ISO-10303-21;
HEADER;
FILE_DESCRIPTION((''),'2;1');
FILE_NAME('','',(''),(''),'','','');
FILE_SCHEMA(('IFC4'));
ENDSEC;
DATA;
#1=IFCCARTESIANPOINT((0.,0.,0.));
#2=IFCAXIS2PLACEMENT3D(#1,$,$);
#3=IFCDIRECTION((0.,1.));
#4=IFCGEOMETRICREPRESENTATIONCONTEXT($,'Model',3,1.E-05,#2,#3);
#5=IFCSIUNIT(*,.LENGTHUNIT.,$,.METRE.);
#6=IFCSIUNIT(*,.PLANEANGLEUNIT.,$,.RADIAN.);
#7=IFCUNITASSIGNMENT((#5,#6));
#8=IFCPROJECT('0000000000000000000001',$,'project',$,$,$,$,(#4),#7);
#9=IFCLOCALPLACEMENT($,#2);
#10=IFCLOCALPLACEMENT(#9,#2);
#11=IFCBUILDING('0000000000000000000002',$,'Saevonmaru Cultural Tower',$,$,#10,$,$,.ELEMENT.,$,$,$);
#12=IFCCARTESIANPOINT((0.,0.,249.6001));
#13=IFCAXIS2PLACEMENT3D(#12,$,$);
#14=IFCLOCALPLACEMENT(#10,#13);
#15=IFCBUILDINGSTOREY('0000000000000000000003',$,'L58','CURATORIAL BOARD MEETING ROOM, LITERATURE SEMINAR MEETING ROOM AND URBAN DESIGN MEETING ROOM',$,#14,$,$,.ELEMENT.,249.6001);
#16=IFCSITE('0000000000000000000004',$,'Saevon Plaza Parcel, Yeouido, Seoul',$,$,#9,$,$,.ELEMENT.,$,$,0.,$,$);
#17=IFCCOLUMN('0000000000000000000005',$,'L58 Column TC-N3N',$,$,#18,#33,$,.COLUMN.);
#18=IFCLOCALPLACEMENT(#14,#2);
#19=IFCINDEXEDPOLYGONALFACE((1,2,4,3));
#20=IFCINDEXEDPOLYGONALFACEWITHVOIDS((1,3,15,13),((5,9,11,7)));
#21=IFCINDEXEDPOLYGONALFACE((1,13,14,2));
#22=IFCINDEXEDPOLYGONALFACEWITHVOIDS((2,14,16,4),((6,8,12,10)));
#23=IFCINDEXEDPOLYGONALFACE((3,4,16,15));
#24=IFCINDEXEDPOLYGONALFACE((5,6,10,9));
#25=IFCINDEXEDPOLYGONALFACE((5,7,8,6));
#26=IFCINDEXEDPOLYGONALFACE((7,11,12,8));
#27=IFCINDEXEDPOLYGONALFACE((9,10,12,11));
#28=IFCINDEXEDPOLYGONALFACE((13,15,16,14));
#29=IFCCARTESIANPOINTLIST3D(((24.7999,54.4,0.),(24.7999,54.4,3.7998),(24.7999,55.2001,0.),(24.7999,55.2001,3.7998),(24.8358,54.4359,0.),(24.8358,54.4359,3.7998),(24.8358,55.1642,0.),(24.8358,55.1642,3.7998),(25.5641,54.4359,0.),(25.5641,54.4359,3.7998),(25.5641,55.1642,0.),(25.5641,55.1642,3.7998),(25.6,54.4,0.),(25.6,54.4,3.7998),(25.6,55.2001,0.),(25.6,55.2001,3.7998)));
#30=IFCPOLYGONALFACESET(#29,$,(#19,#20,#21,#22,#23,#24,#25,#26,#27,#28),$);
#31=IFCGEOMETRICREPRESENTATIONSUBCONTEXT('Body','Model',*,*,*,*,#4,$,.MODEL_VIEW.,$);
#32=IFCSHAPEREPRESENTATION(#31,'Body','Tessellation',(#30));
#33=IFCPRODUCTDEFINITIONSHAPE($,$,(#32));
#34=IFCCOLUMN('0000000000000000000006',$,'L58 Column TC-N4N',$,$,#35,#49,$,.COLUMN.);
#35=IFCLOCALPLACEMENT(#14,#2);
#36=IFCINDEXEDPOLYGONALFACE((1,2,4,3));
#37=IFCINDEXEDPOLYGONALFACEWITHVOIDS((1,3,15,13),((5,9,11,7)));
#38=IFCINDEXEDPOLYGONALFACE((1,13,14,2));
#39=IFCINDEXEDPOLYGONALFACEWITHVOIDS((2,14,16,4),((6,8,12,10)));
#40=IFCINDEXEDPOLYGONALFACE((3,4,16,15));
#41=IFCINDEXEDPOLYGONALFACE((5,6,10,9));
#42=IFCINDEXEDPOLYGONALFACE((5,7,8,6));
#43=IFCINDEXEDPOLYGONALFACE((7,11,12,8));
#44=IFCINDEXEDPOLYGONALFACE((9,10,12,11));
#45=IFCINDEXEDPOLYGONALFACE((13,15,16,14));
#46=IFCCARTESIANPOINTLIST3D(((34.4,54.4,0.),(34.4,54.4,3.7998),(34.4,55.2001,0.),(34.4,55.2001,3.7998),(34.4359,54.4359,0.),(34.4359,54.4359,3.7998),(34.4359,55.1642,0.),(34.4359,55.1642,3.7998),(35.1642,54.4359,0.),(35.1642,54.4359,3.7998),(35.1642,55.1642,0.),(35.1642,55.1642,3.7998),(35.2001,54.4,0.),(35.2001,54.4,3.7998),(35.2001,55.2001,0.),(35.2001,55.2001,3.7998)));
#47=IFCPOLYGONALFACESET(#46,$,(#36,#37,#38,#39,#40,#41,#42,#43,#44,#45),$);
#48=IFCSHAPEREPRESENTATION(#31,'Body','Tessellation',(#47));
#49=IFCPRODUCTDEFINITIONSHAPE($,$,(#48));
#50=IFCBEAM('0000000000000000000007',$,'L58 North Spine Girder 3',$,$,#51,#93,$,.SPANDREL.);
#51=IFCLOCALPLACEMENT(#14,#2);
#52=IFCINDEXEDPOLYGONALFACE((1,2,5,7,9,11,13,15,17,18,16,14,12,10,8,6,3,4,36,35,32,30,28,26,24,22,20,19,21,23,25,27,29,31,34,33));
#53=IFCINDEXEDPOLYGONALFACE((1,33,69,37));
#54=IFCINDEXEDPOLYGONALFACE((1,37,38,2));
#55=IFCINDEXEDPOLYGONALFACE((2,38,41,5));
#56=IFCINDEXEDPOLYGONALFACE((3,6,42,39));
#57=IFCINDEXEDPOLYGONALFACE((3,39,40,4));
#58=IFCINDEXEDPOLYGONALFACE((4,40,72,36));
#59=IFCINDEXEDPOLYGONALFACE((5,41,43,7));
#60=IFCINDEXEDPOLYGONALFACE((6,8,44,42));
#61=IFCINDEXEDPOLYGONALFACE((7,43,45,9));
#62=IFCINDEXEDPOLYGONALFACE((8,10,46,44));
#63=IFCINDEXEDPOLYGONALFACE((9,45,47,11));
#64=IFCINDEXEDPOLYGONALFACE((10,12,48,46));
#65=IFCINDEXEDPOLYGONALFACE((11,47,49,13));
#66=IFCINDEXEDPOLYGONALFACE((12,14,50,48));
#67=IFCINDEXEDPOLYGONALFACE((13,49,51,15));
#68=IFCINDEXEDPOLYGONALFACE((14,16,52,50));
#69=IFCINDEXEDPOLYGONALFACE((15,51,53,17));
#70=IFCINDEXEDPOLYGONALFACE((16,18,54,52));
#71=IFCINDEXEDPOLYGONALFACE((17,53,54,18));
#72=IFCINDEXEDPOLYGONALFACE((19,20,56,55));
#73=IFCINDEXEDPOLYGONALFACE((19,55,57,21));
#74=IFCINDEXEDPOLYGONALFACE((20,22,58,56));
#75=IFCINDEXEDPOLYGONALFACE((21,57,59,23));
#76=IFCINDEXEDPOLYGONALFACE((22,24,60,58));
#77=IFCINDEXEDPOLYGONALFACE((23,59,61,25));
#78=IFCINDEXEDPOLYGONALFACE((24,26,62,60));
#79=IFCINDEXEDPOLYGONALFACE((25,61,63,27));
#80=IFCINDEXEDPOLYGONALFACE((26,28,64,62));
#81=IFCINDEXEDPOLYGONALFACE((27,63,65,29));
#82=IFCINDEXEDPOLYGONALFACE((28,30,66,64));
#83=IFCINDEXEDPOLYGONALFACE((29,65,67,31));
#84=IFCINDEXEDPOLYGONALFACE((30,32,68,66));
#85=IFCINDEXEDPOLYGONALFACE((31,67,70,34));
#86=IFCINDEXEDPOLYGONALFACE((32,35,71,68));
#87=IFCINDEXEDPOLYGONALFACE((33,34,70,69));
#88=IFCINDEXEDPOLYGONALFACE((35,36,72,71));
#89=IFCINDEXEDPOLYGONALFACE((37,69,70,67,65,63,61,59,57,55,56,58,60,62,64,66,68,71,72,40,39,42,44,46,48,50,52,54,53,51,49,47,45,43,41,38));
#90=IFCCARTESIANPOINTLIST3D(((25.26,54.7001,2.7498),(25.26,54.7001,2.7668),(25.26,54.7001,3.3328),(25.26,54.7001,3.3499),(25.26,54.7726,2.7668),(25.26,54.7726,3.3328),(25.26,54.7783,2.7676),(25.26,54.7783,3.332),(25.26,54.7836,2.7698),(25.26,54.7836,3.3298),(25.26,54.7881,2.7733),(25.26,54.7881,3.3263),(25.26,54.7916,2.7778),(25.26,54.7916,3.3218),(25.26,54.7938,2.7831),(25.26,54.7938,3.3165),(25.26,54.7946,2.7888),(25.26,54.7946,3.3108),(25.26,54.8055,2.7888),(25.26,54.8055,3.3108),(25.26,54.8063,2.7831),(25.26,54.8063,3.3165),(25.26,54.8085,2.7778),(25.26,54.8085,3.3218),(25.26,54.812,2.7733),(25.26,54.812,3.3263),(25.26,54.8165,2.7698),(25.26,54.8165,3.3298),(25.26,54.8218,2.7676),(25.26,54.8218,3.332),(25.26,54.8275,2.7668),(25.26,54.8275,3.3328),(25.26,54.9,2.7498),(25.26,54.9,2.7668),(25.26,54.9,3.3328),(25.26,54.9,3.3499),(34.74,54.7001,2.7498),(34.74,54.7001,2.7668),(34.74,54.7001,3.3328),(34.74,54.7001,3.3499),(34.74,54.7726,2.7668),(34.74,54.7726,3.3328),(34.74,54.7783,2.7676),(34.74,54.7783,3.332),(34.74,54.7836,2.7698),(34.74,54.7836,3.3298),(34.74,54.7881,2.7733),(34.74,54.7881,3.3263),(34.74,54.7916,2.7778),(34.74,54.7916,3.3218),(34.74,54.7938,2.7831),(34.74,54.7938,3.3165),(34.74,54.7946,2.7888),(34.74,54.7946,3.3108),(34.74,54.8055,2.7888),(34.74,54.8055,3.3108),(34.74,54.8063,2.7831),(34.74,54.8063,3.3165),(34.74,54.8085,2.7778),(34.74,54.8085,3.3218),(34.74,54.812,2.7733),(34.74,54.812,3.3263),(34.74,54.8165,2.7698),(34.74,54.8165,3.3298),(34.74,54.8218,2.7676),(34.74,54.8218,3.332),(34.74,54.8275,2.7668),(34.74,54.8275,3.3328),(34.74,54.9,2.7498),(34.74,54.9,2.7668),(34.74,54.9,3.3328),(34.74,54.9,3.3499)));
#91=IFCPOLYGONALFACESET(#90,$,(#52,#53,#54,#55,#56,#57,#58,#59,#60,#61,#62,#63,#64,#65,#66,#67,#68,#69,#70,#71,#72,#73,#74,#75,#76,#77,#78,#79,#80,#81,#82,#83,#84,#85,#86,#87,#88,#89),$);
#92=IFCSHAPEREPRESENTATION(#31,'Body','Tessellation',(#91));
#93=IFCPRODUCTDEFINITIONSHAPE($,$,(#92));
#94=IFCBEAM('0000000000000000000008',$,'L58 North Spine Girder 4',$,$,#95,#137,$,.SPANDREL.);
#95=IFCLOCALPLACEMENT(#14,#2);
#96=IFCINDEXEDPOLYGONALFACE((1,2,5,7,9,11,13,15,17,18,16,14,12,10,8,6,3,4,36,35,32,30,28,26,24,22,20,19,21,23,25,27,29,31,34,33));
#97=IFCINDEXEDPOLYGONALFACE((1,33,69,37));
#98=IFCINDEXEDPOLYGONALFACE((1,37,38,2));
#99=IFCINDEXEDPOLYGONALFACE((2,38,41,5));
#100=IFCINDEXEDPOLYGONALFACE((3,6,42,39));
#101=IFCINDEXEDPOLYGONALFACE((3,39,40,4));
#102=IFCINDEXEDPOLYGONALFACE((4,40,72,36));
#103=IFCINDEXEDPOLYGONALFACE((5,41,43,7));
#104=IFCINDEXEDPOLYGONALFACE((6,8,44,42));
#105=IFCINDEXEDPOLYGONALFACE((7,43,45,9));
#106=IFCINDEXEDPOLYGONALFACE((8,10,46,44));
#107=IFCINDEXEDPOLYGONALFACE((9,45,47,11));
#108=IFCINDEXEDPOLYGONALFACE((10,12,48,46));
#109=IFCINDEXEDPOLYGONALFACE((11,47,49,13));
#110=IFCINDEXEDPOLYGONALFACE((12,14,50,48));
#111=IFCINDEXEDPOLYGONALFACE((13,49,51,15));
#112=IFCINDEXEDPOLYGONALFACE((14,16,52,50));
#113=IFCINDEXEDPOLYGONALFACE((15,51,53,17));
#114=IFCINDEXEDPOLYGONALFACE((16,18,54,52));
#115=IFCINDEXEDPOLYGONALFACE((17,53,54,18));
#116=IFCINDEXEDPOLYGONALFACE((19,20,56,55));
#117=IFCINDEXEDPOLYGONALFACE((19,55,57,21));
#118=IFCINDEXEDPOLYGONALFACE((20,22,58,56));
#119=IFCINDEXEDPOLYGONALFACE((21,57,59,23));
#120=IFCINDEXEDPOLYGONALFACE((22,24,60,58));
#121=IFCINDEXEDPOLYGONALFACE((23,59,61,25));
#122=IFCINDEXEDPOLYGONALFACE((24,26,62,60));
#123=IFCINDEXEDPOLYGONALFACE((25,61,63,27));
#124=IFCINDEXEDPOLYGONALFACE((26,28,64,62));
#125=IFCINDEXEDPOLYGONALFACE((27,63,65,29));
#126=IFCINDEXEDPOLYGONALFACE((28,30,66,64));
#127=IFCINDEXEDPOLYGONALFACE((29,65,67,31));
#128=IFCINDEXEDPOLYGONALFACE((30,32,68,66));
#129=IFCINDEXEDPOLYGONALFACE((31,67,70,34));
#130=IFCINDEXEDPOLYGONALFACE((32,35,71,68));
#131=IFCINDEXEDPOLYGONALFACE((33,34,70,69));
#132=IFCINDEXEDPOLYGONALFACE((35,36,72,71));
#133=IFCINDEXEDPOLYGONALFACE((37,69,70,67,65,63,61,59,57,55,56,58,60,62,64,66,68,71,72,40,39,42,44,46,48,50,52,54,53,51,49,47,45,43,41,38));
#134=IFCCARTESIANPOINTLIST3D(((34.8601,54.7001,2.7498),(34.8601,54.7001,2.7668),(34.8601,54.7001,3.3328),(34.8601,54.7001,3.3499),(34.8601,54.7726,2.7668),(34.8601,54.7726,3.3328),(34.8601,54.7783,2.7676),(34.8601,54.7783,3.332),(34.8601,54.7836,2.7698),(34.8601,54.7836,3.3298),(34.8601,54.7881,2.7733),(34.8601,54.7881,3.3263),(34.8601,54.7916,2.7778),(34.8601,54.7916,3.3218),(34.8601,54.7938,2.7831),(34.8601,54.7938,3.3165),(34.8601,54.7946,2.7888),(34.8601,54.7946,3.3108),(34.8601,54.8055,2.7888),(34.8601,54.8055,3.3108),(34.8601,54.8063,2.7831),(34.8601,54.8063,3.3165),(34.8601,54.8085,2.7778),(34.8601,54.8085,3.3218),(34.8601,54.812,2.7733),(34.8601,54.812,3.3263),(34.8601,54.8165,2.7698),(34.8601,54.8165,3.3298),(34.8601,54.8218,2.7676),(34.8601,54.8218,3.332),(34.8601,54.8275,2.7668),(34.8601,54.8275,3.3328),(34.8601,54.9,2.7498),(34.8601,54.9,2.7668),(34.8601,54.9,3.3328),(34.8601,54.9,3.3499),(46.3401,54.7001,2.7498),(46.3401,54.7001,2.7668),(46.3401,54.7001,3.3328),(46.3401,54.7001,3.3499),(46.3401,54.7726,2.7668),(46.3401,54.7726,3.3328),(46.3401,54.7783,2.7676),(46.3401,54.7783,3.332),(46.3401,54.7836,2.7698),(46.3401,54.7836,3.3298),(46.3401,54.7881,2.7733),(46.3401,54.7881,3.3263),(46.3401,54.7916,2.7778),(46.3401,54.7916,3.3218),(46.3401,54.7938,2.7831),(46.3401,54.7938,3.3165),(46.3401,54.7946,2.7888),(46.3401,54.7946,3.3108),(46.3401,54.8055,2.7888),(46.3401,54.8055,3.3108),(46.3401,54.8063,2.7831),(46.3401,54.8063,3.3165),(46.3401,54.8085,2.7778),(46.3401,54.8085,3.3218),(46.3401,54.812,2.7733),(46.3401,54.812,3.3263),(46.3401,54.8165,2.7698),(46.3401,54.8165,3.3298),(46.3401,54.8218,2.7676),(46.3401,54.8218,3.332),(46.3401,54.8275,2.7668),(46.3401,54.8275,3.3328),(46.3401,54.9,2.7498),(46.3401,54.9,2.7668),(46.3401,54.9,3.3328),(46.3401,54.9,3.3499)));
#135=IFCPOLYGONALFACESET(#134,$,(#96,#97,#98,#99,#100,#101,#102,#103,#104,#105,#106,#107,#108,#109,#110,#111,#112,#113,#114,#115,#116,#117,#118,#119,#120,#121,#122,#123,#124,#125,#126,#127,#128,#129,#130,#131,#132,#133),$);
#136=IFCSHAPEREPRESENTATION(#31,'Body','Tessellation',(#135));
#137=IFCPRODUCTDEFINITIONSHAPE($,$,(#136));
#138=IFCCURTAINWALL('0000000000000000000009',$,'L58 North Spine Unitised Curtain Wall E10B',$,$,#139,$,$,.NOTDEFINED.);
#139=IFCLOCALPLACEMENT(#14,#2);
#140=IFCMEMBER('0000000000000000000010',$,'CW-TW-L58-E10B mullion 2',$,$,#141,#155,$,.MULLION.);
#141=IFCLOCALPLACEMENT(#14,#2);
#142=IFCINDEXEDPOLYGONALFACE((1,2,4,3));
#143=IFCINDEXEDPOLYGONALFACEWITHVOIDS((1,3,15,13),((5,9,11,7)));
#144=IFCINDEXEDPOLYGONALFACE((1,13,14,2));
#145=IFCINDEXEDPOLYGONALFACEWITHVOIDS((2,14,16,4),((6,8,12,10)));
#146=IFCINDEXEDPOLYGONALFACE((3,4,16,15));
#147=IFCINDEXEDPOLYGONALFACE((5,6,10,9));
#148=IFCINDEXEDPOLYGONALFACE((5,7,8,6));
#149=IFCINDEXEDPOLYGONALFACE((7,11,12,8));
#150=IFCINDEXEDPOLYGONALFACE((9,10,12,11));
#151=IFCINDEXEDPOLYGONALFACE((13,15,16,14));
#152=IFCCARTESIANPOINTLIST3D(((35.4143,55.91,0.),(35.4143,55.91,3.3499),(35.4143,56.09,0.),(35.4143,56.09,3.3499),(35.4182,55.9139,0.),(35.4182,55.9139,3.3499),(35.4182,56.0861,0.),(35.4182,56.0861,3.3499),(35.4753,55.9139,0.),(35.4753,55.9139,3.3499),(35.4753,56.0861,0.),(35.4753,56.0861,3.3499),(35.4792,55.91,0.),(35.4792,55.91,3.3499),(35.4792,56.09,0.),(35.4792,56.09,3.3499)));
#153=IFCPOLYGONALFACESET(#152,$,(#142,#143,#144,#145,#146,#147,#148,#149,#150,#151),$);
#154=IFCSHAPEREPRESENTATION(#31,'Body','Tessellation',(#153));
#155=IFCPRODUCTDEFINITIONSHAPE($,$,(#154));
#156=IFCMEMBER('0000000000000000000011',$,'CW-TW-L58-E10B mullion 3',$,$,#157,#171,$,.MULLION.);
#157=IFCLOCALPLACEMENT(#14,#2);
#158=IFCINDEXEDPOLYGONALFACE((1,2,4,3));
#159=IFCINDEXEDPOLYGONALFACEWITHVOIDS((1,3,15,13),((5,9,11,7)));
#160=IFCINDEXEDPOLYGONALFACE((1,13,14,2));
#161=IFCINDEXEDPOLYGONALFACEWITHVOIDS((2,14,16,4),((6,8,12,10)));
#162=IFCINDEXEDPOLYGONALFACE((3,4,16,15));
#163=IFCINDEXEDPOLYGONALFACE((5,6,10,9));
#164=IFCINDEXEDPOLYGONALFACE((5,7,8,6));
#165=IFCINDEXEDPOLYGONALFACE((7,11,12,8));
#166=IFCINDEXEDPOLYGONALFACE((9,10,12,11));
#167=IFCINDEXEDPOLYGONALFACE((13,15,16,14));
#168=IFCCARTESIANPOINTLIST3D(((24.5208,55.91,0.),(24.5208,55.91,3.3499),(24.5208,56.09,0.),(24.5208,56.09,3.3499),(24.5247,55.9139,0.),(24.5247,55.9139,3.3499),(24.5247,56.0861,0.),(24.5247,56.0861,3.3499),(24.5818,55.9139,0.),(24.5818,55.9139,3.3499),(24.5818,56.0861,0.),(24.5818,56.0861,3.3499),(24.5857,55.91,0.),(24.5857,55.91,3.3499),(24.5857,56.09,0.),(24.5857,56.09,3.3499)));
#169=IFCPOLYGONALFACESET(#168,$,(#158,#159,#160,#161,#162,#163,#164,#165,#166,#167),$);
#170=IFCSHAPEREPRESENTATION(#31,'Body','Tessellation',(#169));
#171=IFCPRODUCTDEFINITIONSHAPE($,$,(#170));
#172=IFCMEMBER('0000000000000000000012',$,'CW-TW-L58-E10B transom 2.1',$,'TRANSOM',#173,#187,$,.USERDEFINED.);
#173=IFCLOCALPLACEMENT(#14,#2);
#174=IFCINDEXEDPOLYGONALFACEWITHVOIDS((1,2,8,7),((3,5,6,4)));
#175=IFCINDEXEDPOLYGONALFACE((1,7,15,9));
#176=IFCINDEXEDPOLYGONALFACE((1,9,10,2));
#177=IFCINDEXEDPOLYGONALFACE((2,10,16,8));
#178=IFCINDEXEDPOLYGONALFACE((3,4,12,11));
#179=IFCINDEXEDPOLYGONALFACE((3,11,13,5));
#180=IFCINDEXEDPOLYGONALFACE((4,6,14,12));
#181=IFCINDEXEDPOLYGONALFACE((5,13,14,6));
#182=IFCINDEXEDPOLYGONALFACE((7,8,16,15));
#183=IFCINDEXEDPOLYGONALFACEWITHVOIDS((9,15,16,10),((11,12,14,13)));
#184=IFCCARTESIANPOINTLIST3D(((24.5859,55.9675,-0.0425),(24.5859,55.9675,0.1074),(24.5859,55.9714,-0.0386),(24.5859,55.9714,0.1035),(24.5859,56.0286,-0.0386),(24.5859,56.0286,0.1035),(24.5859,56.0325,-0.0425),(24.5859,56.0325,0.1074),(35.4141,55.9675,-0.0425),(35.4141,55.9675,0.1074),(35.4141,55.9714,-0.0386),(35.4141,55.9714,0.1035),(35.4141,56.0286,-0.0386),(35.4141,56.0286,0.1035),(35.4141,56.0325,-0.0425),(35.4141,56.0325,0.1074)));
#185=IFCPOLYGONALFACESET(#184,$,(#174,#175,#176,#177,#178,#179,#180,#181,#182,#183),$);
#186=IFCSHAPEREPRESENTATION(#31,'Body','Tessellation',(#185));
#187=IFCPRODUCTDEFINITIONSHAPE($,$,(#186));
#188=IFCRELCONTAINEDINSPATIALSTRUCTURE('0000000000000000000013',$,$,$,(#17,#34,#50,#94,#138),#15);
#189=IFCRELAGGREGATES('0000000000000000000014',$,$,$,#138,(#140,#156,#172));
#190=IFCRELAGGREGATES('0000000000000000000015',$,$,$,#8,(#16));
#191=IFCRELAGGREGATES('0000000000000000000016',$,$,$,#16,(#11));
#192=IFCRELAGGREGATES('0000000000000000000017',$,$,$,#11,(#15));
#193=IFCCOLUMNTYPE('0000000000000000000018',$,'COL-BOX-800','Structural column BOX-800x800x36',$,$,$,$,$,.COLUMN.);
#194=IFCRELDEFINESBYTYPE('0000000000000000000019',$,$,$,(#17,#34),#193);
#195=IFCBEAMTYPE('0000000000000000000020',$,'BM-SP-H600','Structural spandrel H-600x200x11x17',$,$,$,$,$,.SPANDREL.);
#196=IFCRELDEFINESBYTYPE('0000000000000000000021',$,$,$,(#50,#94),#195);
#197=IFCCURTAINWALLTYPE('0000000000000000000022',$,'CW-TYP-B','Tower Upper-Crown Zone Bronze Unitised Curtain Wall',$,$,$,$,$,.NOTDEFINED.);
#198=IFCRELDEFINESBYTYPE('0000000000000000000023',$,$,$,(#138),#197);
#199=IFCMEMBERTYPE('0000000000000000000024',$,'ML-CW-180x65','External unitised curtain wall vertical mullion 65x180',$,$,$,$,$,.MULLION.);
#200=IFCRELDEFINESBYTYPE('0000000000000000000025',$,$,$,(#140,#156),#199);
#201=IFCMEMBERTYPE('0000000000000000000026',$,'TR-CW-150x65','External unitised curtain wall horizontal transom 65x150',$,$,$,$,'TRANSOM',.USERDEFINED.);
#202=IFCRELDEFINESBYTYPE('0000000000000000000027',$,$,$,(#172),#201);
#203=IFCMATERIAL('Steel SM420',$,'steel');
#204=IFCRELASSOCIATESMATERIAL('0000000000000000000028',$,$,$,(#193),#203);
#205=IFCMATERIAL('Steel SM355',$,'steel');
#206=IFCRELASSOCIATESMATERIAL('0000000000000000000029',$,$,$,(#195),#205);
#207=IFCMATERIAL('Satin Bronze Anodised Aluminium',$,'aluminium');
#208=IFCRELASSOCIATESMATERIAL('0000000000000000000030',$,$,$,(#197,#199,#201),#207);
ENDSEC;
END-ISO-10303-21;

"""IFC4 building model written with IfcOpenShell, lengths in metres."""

from ifc_helpers import new_model, si_unit, direction, frame, origin, origin_2d, place, context, subcontext, project, spatial, hollow_rectangle, i_section, extrude, material, material_profile, profile_set, type_object, element, aggregate, save


model = new_model("IFC4")

# Units and contexts
model_context = context("Model", 3, precision=1e-05, world=origin(), true_north=direction((0.0, 1.0)))
body_context = subcontext(model_context, "Body", "Model", "MODEL_VIEW")
ifc_project = project(units=[si_unit("LENGTHUNIT", "METRE"), si_unit("PLANEANGLEUNIT", "RADIAN")], contexts=[model_context])

# Site, building, storey
site_placement = place(None, origin())
site = spatial("IfcSite", under=ifc_project, at=site_placement, Name="Saevon Plaza Parcel, Yeouido, Seoul", CompositionType="ELEMENT", RefElevation=0.0)
building_placement = place(site_placement, origin())
building = spatial("IfcBuilding", under=site, at=building_placement, Name="Saevonmaru Cultural Tower", CompositionType="ELEMENT")
storey_placement = place(building_placement, frame((0.0, 0.0, 249.6001)))
storey = spatial("IfcBuildingStorey", under=building, at=storey_placement, Name="L58", Description="CURATORIAL BOARD MEETING ROOM, LITERATURE SEMINAR MEETING ROOM AND URBAN DESIGN MEETING ROOM", CompositionType="ELEMENT", Elevation=249.6001)

# Columns
ifc_material_1 = material(Name="Steel SM420", Category="steel")
ifc_material_profile_1 = material_profile(ifc_material_1, hollow_rectangle(XDim=0.8, YDim=0.8, WallThickness=0.0359, at=origin_2d()), Name="BOX-800x800x36")
ifc_profile_set_1 = profile_set([ifc_material_profile_1], Name="Steel SM420")
column_type = type_object("IfcColumnType", Name="COL-BOX-800", Description="Structural column BOX-800x800x36", PredefinedType="COLUMN", material=ifc_profile_set_1)
for number, where, z_axis, x_axis, name in (
    (1, (25.2, 54.8, 0.0), (0.0, 0.0, 1.0), (1.0, 0.0, 0.0), "L58 Column TC-N3N"),
    (2, (34.8, 54.8, 0.0), (0.0, 0.0, 1.0), (1.0, 0.0, 0.0), "L58 Column TC-N4N"),
):
    element("IfcColumn", number, at=place(storey_placement, frame(where, z_axis=z_axis, x_axis=x_axis)), inside=storey, type_object=column_type, Name=name, PredefinedType="COLUMN", context=body_context, shape_type="SweptSolid", body=[
        extrude(hollow_rectangle(XDim=0.8, YDim=0.8, WallThickness=0.0359, at=origin_2d()), origin(), (0.0, 0.0, 1.0), 3.7998),
    ])

# Beams
ifc_material_2 = material(Name="Steel SM355", Category="steel")
ifc_material_profile_2 = material_profile(ifc_material_2, i_section(OverallWidth=0.2, OverallDepth=0.6001, WebThickness=0.011, FlangeThickness=0.0171, FilletRadius=0.022, at=origin_2d()), Name="H-600x200x11x17")
ifc_profile_set_2 = profile_set([ifc_material_profile_2], Name="Steel SM355")
beam_type = type_object("IfcBeamType", Name="BM-SP-H600", Description="Structural spandrel H-600x200x11x17", PredefinedType="SPANDREL", material=ifc_profile_set_2)
beam_1_placement = place(storey_placement, frame((25.26, 54.8, 3.0498), z_axis=(1.0, 0.0, 0.0), x_axis=(0.0, 1.0, 0.0)))
element("IfcBeam", 3, at=beam_1_placement, inside=storey, type_object=beam_type, Name="L58 North Spine Girder 3", PredefinedType="SPANDREL", context=body_context, shape_type="SweptSolid", body=[
    extrude(i_section(OverallWidth=0.2, OverallDepth=0.6001, WebThickness=0.011, FlangeThickness=0.0171, FilletRadius=0.022, at=origin_2d()), origin(), (0.0, 0.0, 1.0), 9.48),
])
beam_2_placement = place(storey_placement, frame((34.8601, 54.8, 3.0498), z_axis=(1.0, 0.0, 0.0), x_axis=(0.0, 1.0, 0.0)))
element("IfcBeam", 4, at=beam_2_placement, inside=storey, type_object=beam_type, Name="L58 North Spine Girder 4", PredefinedType="SPANDREL", context=body_context, shape_type="SweptSolid", body=[
    extrude(i_section(OverallWidth=0.2, OverallDepth=0.6001, WebThickness=0.011, FlangeThickness=0.0171, FilletRadius=0.022, at=origin_2d()), origin(), (0.0, 0.0, 1.0), 11.48),
])

# Curtain wall, members
ifc_material_3 = material(Name="Satin Bronze Anodised Aluminium", Category="aluminium")
curtain_wall_type = type_object("IfcCurtainWallType", Name="CW-TYP-B", Description="Tower Upper-Crown Zone Bronze Unitised Curtain Wall", PredefinedType="NOTDEFINED", material=ifc_material_3)
curtain_wall_placement = place(storey_placement, origin())
curtain_wall = element("IfcCurtainWall", 5, at=curtain_wall_placement, inside=storey, type_object=curtain_wall_type, Name="L58 North Spine Unitised Curtain Wall E10B", PredefinedType="NOTDEFINED")
ifc_material_profile_3 = material_profile(ifc_material_3, hollow_rectangle(XDim=0.0649, YDim=0.1799, WallThickness=0.0039, at=origin_2d()), Name="ALU-MULL-180x65x4")
ifc_profile_set_3 = profile_set([ifc_material_profile_3], Name="Satin Bronze Anodised Aluminium")
member_type_1 = type_object("IfcMemberType", Name="ML-CW-180x65", Description="External unitised curtain wall vertical mullion 65x180", PredefinedType="MULLION", material=ifc_profile_set_3)
member_1_placement = place(storey_placement, frame((35.4468, 56.0, 0.0), z_axis=(0.0, 0.0, 1.0), x_axis=(-1.0, 0.0, 0.0)))
member_1 = element("IfcMember", 6, at=member_1_placement, type_object=member_type_1, Name="CW-TW-L58-E10B mullion 2", PredefinedType="MULLION", context=body_context, shape_type="SweptSolid", body=[
    extrude(hollow_rectangle(XDim=0.0649, YDim=0.1799, WallThickness=0.0039, at=origin_2d()), origin(), (0.0, 0.0, 1.0), 3.3499),
])
member_2_placement = place(storey_placement, frame((24.5532, 56.0, 0.0), z_axis=(0.0, 0.0, 1.0), x_axis=(-1.0, 0.0, 0.0)))
member_2 = element("IfcMember", 7, at=member_2_placement, type_object=member_type_1, Name="CW-TW-L58-E10B mullion 3", PredefinedType="MULLION", context=body_context, shape_type="SweptSolid", body=[
    extrude(hollow_rectangle(XDim=0.0649, YDim=0.1799, WallThickness=0.0039, at=origin_2d()), origin(), (0.0, 0.0, 1.0), 3.3499),
])
ifc_material_profile_4 = material_profile(ifc_material_3, hollow_rectangle(XDim=0.0649, YDim=0.1499, WallThickness=0.0039, at=origin_2d()), Name="ALU-TRAN-150x65x4")
ifc_profile_set_4 = profile_set([ifc_material_profile_4], Name="Satin Bronze Anodised Aluminium")
member_type_2 = type_object("IfcMemberType", Name="TR-CW-150x65", Description="External unitised curtain wall horizontal transom 65x150", ElementType="TRANSOM", PredefinedType="USERDEFINED", material=ifc_profile_set_4)
member_3_placement = place(storey_placement, frame((35.4141, 56.0, 0.0325), z_axis=(-1.0, 0.0, 0.0), x_axis=(0.0, -1.0, 0.0)))
member_3 = element("IfcMember", 8, at=member_3_placement, type_object=member_type_2, Name="CW-TW-L58-E10B transom 2.1", ObjectType="TRANSOM", PredefinedType="USERDEFINED", context=body_context, shape_type="SweptSolid", body=[
    extrude(hollow_rectangle(XDim=0.0649, YDim=0.1499, WallThickness=0.0039, at=origin_2d()), origin(), (0.0, 0.0, 1.0), 10.8281),
])
aggregate(curtain_wall, [member_1, member_2, member_3])

save(model, "model.ifc")
